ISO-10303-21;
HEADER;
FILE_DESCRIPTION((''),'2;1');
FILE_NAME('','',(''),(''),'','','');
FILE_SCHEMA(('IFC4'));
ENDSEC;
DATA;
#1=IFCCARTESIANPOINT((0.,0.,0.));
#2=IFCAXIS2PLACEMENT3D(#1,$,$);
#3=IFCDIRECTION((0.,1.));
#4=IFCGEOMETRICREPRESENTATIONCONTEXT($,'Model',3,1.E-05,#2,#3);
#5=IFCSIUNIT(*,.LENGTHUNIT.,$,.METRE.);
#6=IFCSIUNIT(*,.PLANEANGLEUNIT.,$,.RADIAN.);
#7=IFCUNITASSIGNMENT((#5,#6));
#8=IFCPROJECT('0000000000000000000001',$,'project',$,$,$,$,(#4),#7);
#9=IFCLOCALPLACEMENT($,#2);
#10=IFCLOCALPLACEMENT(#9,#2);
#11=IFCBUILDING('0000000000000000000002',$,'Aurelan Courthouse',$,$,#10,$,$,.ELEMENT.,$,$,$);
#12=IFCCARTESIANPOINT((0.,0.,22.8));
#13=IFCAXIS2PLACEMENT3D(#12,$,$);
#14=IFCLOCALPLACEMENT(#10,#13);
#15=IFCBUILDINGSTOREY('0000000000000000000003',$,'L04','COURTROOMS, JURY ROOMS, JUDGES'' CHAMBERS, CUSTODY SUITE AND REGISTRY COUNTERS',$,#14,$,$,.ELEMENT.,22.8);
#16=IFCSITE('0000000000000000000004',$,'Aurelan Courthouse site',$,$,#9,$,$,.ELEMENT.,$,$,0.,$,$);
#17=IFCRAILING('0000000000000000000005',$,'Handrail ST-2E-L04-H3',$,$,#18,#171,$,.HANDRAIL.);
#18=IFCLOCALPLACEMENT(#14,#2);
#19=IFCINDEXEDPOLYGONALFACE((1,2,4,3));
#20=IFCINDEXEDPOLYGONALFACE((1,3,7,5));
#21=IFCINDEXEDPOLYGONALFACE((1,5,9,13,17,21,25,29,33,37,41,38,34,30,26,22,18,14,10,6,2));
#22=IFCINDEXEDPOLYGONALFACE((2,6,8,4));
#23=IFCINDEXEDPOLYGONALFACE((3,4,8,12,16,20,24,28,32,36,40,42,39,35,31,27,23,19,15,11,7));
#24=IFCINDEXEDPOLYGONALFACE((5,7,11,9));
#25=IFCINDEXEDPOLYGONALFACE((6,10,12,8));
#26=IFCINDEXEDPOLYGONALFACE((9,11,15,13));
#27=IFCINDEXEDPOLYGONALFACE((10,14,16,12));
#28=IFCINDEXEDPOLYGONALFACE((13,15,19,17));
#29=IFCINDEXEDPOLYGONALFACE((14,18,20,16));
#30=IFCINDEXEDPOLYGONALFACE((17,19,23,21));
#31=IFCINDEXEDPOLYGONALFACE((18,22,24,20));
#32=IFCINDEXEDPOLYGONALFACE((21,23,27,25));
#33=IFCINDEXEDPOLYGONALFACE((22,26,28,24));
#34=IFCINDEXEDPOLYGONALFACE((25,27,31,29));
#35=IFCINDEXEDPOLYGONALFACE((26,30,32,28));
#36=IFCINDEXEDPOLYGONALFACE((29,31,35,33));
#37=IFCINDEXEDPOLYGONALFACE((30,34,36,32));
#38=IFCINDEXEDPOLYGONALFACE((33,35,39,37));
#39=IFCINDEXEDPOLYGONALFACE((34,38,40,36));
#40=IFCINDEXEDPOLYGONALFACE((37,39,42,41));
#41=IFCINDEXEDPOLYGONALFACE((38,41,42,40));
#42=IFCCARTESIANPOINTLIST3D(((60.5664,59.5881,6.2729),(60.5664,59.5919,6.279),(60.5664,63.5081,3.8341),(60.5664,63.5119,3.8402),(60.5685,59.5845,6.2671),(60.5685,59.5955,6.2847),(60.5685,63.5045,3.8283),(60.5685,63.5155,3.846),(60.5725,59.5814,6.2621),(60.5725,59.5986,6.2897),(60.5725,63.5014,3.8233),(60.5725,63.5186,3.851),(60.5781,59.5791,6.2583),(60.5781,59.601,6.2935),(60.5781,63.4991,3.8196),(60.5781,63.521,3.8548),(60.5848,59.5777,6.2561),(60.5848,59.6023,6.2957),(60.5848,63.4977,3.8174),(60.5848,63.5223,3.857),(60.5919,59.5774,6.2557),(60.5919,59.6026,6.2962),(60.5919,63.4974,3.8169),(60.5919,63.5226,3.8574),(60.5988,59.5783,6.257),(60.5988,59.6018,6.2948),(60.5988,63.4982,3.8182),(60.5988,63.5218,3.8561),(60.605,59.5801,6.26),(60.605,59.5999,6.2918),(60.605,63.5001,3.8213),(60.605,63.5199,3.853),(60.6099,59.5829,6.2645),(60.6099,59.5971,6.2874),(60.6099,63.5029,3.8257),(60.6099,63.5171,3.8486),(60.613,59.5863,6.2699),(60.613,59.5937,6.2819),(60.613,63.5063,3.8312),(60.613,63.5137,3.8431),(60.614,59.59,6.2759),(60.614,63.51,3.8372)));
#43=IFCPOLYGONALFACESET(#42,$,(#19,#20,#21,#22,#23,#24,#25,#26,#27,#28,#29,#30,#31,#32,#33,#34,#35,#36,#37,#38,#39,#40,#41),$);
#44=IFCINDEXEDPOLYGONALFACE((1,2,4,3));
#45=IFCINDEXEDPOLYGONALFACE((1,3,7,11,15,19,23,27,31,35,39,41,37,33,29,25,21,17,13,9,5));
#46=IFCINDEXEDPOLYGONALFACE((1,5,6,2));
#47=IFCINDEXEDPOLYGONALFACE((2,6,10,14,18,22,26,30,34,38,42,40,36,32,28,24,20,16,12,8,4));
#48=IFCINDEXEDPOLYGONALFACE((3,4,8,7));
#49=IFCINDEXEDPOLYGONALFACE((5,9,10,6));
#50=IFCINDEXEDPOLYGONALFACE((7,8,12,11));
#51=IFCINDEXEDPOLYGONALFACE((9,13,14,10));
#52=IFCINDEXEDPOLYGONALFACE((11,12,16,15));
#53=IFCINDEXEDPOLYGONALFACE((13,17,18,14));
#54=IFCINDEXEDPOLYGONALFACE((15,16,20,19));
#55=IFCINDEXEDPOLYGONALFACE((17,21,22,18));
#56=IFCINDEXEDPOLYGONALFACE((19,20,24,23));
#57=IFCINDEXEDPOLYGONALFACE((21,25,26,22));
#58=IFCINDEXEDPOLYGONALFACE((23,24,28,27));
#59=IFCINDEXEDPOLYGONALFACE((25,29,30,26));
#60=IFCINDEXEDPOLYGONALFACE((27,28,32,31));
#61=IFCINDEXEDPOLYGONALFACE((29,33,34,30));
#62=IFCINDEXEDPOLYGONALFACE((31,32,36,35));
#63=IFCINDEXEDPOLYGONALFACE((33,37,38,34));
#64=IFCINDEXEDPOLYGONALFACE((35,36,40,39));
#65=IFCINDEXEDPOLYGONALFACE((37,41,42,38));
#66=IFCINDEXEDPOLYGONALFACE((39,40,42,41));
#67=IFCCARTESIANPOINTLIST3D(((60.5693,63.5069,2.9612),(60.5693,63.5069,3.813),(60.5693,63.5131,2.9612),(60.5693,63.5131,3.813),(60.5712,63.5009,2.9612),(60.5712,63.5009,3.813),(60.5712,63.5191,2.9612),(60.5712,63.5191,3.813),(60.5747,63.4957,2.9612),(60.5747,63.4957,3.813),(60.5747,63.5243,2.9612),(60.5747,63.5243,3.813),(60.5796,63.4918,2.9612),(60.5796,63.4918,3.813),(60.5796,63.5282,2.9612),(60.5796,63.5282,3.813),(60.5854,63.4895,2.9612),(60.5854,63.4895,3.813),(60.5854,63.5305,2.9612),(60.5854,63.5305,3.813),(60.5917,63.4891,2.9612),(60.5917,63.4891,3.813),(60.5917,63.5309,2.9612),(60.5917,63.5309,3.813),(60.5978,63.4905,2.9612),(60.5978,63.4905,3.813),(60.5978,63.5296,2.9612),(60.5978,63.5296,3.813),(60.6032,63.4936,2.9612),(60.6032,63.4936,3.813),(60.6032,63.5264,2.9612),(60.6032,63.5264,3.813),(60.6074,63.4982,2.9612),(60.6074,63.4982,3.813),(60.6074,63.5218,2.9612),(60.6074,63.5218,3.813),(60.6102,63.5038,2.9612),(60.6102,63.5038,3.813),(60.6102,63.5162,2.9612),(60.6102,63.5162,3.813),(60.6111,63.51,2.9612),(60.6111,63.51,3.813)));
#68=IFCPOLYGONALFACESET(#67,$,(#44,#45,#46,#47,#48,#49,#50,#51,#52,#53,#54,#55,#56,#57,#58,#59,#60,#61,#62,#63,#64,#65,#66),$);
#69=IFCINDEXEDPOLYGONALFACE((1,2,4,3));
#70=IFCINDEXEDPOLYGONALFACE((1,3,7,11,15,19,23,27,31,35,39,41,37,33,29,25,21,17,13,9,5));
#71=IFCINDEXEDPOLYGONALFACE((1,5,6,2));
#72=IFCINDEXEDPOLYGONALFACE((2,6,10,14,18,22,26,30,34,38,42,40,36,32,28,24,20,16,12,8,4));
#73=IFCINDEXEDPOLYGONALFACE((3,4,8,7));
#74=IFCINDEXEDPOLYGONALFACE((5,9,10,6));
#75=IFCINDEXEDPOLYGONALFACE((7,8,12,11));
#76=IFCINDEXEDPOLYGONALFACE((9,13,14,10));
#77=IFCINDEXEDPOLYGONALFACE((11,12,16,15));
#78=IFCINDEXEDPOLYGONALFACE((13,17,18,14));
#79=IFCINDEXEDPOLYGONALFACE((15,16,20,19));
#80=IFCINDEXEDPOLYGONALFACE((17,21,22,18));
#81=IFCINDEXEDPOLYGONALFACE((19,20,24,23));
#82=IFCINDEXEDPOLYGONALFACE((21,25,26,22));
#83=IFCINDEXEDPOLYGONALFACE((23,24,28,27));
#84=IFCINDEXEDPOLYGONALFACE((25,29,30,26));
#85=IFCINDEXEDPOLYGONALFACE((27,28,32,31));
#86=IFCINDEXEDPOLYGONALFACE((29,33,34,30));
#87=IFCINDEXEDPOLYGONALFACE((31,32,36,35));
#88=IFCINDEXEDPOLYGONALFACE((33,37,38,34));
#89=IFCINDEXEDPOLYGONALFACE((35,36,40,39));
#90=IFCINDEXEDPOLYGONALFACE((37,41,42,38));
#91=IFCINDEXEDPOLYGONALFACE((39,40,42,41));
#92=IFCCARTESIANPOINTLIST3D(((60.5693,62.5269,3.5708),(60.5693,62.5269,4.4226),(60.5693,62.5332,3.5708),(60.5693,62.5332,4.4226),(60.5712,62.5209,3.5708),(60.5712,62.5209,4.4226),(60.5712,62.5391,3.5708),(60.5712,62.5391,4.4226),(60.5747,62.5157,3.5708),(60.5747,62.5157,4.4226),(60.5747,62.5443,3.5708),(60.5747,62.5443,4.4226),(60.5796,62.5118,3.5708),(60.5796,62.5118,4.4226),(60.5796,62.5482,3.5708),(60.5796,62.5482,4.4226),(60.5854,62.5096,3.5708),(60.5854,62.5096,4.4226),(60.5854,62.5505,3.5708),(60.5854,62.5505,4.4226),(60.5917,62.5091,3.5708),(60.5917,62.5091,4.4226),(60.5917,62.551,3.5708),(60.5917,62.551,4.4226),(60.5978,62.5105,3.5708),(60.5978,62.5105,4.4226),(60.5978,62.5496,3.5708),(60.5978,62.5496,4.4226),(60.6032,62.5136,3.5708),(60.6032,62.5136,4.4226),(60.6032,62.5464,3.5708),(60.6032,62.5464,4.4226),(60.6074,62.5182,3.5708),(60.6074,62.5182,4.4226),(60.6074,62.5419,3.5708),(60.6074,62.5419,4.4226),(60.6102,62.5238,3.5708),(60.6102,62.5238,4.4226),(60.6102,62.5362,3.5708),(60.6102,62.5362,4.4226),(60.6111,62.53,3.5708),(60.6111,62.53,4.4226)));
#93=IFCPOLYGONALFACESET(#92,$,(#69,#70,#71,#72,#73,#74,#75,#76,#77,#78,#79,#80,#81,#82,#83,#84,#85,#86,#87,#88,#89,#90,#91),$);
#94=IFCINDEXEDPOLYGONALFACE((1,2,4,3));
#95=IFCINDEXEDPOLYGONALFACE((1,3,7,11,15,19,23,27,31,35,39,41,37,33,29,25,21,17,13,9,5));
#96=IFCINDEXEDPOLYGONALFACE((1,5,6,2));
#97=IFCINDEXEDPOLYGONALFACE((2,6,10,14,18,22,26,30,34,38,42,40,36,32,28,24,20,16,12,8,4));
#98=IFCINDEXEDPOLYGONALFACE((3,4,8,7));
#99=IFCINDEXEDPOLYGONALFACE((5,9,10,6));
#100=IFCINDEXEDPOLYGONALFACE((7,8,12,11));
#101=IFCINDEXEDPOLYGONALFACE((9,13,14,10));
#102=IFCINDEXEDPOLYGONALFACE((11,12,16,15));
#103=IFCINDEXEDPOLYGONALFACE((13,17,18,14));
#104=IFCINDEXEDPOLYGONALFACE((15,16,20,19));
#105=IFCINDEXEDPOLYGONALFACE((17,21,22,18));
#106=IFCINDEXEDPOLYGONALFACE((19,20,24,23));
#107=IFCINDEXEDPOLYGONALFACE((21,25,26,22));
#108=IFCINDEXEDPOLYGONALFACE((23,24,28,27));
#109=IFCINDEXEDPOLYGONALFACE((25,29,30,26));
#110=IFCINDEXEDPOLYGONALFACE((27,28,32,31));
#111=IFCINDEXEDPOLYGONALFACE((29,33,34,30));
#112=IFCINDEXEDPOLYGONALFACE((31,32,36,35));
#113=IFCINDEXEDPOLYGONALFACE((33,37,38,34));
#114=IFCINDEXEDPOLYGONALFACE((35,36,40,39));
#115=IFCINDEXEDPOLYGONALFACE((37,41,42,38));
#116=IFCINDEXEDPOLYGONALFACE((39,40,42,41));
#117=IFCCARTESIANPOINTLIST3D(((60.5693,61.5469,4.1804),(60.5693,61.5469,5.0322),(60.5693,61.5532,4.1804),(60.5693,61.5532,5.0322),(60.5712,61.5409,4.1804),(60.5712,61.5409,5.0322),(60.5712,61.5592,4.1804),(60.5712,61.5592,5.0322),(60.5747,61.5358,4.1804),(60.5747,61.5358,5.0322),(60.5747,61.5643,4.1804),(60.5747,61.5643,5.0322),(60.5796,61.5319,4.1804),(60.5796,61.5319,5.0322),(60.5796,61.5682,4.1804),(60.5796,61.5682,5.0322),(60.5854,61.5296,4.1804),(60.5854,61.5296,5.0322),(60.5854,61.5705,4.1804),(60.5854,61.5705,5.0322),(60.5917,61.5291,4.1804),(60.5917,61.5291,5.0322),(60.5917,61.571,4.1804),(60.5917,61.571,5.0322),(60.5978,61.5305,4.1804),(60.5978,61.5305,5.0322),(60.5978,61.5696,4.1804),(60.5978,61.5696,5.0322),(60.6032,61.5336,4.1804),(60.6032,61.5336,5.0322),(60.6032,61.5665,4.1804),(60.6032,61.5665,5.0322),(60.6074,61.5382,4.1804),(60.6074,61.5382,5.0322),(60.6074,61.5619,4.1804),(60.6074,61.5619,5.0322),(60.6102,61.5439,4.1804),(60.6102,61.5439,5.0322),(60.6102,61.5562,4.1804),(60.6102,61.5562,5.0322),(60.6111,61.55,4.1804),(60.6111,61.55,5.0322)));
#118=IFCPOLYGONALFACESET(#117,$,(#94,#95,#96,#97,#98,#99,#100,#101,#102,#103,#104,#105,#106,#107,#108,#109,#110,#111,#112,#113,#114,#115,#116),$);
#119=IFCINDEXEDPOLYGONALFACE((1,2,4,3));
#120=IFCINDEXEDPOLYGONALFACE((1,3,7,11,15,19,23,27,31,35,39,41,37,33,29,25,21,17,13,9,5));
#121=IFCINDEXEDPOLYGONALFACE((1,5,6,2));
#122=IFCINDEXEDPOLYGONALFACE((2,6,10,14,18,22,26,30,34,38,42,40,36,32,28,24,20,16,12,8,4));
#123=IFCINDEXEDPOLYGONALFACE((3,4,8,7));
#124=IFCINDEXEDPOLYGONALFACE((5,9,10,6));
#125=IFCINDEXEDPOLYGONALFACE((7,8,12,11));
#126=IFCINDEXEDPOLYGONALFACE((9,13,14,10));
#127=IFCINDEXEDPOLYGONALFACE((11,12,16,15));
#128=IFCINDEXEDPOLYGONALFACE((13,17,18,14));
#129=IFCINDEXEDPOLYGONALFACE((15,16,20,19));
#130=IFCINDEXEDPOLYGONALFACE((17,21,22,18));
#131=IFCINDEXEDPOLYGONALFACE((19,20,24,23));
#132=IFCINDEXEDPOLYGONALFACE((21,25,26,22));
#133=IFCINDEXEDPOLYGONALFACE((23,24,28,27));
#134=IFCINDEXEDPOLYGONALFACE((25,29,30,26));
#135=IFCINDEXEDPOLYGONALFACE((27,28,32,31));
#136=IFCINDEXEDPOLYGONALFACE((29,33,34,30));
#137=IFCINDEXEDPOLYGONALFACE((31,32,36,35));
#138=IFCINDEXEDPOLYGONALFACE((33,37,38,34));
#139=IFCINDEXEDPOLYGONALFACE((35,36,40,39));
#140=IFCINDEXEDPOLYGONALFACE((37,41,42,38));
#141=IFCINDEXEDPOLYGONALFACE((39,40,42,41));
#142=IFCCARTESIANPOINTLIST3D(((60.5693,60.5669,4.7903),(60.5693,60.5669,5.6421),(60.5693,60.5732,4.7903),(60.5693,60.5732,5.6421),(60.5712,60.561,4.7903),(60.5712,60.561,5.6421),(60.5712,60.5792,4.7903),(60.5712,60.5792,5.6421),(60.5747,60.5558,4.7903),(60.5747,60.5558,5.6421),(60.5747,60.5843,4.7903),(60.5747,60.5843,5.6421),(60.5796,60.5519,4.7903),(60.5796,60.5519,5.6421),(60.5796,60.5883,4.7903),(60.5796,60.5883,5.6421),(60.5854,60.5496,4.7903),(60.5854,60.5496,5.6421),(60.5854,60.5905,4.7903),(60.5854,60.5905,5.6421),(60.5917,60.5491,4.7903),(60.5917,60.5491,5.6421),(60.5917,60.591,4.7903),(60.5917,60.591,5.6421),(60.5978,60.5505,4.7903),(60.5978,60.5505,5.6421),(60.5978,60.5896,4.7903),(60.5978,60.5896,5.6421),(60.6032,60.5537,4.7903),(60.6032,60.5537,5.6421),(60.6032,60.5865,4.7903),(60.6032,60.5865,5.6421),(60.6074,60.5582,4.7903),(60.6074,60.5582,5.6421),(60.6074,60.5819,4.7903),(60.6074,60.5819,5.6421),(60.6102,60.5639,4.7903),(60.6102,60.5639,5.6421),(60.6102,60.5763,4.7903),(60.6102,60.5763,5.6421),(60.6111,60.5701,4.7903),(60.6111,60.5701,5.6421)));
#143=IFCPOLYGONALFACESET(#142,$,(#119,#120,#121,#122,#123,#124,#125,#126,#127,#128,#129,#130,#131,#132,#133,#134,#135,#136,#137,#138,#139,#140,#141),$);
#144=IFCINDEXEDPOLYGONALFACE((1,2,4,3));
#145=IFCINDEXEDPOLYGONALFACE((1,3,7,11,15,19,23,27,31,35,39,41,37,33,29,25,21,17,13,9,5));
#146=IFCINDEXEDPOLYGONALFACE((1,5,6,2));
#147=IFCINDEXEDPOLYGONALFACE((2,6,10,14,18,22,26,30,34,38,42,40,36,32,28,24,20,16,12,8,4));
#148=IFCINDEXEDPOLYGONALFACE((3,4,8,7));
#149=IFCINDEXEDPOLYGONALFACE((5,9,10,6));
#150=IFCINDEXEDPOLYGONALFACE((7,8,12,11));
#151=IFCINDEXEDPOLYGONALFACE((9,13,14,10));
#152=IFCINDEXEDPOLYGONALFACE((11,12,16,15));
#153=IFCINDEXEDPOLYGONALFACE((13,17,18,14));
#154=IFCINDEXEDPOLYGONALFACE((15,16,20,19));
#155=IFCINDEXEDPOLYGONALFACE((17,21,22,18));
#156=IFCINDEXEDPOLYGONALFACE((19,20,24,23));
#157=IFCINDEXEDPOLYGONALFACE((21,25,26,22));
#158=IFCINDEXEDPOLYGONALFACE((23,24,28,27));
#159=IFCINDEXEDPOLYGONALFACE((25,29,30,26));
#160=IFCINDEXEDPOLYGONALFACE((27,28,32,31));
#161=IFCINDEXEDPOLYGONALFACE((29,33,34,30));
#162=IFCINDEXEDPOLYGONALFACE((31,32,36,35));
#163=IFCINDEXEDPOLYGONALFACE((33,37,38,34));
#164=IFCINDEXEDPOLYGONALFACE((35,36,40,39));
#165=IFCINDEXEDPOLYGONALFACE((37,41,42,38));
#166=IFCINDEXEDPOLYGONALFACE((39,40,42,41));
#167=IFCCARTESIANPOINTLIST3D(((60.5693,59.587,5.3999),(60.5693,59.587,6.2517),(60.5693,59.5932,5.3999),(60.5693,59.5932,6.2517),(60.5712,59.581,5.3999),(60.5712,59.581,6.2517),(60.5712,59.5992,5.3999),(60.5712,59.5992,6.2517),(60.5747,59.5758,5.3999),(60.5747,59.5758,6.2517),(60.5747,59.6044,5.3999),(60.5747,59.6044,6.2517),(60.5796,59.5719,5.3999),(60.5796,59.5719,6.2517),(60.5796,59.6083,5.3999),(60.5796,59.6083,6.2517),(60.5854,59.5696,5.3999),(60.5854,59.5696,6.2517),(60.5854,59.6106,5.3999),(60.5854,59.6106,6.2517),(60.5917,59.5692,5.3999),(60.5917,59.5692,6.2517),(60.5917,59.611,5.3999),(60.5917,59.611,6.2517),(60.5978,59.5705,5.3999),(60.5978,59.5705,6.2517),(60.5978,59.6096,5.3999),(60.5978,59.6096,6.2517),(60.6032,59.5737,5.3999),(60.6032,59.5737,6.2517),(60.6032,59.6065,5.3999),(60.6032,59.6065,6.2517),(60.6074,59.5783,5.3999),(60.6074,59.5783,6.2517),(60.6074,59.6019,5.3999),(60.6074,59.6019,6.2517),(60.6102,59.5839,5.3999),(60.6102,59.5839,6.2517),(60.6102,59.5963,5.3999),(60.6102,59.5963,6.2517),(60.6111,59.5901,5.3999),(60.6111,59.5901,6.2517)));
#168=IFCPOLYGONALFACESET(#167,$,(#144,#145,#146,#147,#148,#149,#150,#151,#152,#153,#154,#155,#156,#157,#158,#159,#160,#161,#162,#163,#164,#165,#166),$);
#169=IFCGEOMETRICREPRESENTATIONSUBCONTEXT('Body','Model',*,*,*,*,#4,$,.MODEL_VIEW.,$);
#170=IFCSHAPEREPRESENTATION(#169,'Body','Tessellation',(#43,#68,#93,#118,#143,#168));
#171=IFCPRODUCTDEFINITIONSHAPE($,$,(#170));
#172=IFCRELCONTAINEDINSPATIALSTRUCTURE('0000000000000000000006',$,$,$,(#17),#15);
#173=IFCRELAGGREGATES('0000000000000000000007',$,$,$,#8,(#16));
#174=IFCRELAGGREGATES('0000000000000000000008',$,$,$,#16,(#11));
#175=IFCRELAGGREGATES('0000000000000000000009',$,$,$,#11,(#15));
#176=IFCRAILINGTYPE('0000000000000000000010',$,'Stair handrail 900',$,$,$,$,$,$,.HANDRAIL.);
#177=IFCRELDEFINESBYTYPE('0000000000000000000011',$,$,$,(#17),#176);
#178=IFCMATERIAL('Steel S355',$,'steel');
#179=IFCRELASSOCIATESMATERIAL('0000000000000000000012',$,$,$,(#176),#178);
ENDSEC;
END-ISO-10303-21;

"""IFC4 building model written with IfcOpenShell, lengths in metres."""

from ifc_helpers import new_model, si_unit, direction, frame, origin, origin_2d, place, context, subcontext, project, spatial, circle, extrude, material, type_object, element, save


model = new_model("IFC4")

# Units and contexts
model_context = context("Model", 3, precision=1e-05, world=origin(), true_north=direction((0.0, 1.0)))
body_context = subcontext(model_context, "Body", "Model", "MODEL_VIEW")
ifc_project = project(units=[si_unit("LENGTHUNIT", "METRE"), si_unit("PLANEANGLEUNIT", "RADIAN")], contexts=[model_context])

# Site, building, storey
site_placement = place(None, origin())
site = spatial("IfcSite", under=ifc_project, at=site_placement, Name="Aurelan Courthouse site", CompositionType="ELEMENT", RefElevation=0.0)
building_placement = place(site_placement, origin())
building = spatial("IfcBuilding", under=site, at=building_placement, Name="Aurelan Courthouse", CompositionType="ELEMENT")
storey_placement = place(building_placement, frame((0.0, 0.0, 22.8)))
storey = spatial("IfcBuildingStorey", under=building, at=storey_placement, Name="L04", Description="COURTROOMS, JURY ROOMS, JUDGES' CHAMBERS, CUSTODY SUITE AND REGISTRY COUNTERS", CompositionType="ELEMENT", Elevation=22.8)

# Railing
ifc_material_1 = material(Name="Steel S355", Category="steel")
railing_type_1 = type_object("IfcRailingType", Name="Stair handrail 900", PredefinedType="HANDRAIL", material=ifc_material_1)
for number, where, name in (
    (1, (60.5901, 63.51, 2.9612), "Handrail ST-2E-L04-H3"),
):
    element("IfcRailing", number, at=place(storey_placement, frame(where)), inside=storey, type_object=railing_type_1, Name=name, PredefinedType="HANDRAIL", context=body_context, shape_type="SweptSolid", body=[
        extrude(circle(Radius=0.0239, at=origin_2d()), frame((0.0, 0.0, 0.876), z_axis=(0.0, -0.84909, 0.528249), x_axis=(1.0, 0.0, 0.0)), (0.0, 0.0, 1.0), 4.6167),
        extrude(circle(Radius=0.021, at=origin_2d()), origin(), (0.0, 0.0, 1.0), 0.8518),
        extrude(circle(Radius=0.021, at=origin_2d()), frame((0.0, -0.98, 0.6096)), (0.0, 0.0, 1.0), 0.8518),
        extrude(circle(Radius=0.021, at=origin_2d()), frame((0.0, -1.96, 1.2192)), (0.0, 0.0, 1.0), 0.8518),
        extrude(circle(Radius=0.021, at=origin_2d()), frame((0.0, -2.9399, 1.8291)), (0.0, 0.0, 1.0), 0.8518),
        extrude(circle(Radius=0.021, at=origin_2d()), frame((0.0, -3.9199, 2.4387)), (0.0, 0.0, 1.0), 0.8518),
    ])

save(model, "model.ifc")
